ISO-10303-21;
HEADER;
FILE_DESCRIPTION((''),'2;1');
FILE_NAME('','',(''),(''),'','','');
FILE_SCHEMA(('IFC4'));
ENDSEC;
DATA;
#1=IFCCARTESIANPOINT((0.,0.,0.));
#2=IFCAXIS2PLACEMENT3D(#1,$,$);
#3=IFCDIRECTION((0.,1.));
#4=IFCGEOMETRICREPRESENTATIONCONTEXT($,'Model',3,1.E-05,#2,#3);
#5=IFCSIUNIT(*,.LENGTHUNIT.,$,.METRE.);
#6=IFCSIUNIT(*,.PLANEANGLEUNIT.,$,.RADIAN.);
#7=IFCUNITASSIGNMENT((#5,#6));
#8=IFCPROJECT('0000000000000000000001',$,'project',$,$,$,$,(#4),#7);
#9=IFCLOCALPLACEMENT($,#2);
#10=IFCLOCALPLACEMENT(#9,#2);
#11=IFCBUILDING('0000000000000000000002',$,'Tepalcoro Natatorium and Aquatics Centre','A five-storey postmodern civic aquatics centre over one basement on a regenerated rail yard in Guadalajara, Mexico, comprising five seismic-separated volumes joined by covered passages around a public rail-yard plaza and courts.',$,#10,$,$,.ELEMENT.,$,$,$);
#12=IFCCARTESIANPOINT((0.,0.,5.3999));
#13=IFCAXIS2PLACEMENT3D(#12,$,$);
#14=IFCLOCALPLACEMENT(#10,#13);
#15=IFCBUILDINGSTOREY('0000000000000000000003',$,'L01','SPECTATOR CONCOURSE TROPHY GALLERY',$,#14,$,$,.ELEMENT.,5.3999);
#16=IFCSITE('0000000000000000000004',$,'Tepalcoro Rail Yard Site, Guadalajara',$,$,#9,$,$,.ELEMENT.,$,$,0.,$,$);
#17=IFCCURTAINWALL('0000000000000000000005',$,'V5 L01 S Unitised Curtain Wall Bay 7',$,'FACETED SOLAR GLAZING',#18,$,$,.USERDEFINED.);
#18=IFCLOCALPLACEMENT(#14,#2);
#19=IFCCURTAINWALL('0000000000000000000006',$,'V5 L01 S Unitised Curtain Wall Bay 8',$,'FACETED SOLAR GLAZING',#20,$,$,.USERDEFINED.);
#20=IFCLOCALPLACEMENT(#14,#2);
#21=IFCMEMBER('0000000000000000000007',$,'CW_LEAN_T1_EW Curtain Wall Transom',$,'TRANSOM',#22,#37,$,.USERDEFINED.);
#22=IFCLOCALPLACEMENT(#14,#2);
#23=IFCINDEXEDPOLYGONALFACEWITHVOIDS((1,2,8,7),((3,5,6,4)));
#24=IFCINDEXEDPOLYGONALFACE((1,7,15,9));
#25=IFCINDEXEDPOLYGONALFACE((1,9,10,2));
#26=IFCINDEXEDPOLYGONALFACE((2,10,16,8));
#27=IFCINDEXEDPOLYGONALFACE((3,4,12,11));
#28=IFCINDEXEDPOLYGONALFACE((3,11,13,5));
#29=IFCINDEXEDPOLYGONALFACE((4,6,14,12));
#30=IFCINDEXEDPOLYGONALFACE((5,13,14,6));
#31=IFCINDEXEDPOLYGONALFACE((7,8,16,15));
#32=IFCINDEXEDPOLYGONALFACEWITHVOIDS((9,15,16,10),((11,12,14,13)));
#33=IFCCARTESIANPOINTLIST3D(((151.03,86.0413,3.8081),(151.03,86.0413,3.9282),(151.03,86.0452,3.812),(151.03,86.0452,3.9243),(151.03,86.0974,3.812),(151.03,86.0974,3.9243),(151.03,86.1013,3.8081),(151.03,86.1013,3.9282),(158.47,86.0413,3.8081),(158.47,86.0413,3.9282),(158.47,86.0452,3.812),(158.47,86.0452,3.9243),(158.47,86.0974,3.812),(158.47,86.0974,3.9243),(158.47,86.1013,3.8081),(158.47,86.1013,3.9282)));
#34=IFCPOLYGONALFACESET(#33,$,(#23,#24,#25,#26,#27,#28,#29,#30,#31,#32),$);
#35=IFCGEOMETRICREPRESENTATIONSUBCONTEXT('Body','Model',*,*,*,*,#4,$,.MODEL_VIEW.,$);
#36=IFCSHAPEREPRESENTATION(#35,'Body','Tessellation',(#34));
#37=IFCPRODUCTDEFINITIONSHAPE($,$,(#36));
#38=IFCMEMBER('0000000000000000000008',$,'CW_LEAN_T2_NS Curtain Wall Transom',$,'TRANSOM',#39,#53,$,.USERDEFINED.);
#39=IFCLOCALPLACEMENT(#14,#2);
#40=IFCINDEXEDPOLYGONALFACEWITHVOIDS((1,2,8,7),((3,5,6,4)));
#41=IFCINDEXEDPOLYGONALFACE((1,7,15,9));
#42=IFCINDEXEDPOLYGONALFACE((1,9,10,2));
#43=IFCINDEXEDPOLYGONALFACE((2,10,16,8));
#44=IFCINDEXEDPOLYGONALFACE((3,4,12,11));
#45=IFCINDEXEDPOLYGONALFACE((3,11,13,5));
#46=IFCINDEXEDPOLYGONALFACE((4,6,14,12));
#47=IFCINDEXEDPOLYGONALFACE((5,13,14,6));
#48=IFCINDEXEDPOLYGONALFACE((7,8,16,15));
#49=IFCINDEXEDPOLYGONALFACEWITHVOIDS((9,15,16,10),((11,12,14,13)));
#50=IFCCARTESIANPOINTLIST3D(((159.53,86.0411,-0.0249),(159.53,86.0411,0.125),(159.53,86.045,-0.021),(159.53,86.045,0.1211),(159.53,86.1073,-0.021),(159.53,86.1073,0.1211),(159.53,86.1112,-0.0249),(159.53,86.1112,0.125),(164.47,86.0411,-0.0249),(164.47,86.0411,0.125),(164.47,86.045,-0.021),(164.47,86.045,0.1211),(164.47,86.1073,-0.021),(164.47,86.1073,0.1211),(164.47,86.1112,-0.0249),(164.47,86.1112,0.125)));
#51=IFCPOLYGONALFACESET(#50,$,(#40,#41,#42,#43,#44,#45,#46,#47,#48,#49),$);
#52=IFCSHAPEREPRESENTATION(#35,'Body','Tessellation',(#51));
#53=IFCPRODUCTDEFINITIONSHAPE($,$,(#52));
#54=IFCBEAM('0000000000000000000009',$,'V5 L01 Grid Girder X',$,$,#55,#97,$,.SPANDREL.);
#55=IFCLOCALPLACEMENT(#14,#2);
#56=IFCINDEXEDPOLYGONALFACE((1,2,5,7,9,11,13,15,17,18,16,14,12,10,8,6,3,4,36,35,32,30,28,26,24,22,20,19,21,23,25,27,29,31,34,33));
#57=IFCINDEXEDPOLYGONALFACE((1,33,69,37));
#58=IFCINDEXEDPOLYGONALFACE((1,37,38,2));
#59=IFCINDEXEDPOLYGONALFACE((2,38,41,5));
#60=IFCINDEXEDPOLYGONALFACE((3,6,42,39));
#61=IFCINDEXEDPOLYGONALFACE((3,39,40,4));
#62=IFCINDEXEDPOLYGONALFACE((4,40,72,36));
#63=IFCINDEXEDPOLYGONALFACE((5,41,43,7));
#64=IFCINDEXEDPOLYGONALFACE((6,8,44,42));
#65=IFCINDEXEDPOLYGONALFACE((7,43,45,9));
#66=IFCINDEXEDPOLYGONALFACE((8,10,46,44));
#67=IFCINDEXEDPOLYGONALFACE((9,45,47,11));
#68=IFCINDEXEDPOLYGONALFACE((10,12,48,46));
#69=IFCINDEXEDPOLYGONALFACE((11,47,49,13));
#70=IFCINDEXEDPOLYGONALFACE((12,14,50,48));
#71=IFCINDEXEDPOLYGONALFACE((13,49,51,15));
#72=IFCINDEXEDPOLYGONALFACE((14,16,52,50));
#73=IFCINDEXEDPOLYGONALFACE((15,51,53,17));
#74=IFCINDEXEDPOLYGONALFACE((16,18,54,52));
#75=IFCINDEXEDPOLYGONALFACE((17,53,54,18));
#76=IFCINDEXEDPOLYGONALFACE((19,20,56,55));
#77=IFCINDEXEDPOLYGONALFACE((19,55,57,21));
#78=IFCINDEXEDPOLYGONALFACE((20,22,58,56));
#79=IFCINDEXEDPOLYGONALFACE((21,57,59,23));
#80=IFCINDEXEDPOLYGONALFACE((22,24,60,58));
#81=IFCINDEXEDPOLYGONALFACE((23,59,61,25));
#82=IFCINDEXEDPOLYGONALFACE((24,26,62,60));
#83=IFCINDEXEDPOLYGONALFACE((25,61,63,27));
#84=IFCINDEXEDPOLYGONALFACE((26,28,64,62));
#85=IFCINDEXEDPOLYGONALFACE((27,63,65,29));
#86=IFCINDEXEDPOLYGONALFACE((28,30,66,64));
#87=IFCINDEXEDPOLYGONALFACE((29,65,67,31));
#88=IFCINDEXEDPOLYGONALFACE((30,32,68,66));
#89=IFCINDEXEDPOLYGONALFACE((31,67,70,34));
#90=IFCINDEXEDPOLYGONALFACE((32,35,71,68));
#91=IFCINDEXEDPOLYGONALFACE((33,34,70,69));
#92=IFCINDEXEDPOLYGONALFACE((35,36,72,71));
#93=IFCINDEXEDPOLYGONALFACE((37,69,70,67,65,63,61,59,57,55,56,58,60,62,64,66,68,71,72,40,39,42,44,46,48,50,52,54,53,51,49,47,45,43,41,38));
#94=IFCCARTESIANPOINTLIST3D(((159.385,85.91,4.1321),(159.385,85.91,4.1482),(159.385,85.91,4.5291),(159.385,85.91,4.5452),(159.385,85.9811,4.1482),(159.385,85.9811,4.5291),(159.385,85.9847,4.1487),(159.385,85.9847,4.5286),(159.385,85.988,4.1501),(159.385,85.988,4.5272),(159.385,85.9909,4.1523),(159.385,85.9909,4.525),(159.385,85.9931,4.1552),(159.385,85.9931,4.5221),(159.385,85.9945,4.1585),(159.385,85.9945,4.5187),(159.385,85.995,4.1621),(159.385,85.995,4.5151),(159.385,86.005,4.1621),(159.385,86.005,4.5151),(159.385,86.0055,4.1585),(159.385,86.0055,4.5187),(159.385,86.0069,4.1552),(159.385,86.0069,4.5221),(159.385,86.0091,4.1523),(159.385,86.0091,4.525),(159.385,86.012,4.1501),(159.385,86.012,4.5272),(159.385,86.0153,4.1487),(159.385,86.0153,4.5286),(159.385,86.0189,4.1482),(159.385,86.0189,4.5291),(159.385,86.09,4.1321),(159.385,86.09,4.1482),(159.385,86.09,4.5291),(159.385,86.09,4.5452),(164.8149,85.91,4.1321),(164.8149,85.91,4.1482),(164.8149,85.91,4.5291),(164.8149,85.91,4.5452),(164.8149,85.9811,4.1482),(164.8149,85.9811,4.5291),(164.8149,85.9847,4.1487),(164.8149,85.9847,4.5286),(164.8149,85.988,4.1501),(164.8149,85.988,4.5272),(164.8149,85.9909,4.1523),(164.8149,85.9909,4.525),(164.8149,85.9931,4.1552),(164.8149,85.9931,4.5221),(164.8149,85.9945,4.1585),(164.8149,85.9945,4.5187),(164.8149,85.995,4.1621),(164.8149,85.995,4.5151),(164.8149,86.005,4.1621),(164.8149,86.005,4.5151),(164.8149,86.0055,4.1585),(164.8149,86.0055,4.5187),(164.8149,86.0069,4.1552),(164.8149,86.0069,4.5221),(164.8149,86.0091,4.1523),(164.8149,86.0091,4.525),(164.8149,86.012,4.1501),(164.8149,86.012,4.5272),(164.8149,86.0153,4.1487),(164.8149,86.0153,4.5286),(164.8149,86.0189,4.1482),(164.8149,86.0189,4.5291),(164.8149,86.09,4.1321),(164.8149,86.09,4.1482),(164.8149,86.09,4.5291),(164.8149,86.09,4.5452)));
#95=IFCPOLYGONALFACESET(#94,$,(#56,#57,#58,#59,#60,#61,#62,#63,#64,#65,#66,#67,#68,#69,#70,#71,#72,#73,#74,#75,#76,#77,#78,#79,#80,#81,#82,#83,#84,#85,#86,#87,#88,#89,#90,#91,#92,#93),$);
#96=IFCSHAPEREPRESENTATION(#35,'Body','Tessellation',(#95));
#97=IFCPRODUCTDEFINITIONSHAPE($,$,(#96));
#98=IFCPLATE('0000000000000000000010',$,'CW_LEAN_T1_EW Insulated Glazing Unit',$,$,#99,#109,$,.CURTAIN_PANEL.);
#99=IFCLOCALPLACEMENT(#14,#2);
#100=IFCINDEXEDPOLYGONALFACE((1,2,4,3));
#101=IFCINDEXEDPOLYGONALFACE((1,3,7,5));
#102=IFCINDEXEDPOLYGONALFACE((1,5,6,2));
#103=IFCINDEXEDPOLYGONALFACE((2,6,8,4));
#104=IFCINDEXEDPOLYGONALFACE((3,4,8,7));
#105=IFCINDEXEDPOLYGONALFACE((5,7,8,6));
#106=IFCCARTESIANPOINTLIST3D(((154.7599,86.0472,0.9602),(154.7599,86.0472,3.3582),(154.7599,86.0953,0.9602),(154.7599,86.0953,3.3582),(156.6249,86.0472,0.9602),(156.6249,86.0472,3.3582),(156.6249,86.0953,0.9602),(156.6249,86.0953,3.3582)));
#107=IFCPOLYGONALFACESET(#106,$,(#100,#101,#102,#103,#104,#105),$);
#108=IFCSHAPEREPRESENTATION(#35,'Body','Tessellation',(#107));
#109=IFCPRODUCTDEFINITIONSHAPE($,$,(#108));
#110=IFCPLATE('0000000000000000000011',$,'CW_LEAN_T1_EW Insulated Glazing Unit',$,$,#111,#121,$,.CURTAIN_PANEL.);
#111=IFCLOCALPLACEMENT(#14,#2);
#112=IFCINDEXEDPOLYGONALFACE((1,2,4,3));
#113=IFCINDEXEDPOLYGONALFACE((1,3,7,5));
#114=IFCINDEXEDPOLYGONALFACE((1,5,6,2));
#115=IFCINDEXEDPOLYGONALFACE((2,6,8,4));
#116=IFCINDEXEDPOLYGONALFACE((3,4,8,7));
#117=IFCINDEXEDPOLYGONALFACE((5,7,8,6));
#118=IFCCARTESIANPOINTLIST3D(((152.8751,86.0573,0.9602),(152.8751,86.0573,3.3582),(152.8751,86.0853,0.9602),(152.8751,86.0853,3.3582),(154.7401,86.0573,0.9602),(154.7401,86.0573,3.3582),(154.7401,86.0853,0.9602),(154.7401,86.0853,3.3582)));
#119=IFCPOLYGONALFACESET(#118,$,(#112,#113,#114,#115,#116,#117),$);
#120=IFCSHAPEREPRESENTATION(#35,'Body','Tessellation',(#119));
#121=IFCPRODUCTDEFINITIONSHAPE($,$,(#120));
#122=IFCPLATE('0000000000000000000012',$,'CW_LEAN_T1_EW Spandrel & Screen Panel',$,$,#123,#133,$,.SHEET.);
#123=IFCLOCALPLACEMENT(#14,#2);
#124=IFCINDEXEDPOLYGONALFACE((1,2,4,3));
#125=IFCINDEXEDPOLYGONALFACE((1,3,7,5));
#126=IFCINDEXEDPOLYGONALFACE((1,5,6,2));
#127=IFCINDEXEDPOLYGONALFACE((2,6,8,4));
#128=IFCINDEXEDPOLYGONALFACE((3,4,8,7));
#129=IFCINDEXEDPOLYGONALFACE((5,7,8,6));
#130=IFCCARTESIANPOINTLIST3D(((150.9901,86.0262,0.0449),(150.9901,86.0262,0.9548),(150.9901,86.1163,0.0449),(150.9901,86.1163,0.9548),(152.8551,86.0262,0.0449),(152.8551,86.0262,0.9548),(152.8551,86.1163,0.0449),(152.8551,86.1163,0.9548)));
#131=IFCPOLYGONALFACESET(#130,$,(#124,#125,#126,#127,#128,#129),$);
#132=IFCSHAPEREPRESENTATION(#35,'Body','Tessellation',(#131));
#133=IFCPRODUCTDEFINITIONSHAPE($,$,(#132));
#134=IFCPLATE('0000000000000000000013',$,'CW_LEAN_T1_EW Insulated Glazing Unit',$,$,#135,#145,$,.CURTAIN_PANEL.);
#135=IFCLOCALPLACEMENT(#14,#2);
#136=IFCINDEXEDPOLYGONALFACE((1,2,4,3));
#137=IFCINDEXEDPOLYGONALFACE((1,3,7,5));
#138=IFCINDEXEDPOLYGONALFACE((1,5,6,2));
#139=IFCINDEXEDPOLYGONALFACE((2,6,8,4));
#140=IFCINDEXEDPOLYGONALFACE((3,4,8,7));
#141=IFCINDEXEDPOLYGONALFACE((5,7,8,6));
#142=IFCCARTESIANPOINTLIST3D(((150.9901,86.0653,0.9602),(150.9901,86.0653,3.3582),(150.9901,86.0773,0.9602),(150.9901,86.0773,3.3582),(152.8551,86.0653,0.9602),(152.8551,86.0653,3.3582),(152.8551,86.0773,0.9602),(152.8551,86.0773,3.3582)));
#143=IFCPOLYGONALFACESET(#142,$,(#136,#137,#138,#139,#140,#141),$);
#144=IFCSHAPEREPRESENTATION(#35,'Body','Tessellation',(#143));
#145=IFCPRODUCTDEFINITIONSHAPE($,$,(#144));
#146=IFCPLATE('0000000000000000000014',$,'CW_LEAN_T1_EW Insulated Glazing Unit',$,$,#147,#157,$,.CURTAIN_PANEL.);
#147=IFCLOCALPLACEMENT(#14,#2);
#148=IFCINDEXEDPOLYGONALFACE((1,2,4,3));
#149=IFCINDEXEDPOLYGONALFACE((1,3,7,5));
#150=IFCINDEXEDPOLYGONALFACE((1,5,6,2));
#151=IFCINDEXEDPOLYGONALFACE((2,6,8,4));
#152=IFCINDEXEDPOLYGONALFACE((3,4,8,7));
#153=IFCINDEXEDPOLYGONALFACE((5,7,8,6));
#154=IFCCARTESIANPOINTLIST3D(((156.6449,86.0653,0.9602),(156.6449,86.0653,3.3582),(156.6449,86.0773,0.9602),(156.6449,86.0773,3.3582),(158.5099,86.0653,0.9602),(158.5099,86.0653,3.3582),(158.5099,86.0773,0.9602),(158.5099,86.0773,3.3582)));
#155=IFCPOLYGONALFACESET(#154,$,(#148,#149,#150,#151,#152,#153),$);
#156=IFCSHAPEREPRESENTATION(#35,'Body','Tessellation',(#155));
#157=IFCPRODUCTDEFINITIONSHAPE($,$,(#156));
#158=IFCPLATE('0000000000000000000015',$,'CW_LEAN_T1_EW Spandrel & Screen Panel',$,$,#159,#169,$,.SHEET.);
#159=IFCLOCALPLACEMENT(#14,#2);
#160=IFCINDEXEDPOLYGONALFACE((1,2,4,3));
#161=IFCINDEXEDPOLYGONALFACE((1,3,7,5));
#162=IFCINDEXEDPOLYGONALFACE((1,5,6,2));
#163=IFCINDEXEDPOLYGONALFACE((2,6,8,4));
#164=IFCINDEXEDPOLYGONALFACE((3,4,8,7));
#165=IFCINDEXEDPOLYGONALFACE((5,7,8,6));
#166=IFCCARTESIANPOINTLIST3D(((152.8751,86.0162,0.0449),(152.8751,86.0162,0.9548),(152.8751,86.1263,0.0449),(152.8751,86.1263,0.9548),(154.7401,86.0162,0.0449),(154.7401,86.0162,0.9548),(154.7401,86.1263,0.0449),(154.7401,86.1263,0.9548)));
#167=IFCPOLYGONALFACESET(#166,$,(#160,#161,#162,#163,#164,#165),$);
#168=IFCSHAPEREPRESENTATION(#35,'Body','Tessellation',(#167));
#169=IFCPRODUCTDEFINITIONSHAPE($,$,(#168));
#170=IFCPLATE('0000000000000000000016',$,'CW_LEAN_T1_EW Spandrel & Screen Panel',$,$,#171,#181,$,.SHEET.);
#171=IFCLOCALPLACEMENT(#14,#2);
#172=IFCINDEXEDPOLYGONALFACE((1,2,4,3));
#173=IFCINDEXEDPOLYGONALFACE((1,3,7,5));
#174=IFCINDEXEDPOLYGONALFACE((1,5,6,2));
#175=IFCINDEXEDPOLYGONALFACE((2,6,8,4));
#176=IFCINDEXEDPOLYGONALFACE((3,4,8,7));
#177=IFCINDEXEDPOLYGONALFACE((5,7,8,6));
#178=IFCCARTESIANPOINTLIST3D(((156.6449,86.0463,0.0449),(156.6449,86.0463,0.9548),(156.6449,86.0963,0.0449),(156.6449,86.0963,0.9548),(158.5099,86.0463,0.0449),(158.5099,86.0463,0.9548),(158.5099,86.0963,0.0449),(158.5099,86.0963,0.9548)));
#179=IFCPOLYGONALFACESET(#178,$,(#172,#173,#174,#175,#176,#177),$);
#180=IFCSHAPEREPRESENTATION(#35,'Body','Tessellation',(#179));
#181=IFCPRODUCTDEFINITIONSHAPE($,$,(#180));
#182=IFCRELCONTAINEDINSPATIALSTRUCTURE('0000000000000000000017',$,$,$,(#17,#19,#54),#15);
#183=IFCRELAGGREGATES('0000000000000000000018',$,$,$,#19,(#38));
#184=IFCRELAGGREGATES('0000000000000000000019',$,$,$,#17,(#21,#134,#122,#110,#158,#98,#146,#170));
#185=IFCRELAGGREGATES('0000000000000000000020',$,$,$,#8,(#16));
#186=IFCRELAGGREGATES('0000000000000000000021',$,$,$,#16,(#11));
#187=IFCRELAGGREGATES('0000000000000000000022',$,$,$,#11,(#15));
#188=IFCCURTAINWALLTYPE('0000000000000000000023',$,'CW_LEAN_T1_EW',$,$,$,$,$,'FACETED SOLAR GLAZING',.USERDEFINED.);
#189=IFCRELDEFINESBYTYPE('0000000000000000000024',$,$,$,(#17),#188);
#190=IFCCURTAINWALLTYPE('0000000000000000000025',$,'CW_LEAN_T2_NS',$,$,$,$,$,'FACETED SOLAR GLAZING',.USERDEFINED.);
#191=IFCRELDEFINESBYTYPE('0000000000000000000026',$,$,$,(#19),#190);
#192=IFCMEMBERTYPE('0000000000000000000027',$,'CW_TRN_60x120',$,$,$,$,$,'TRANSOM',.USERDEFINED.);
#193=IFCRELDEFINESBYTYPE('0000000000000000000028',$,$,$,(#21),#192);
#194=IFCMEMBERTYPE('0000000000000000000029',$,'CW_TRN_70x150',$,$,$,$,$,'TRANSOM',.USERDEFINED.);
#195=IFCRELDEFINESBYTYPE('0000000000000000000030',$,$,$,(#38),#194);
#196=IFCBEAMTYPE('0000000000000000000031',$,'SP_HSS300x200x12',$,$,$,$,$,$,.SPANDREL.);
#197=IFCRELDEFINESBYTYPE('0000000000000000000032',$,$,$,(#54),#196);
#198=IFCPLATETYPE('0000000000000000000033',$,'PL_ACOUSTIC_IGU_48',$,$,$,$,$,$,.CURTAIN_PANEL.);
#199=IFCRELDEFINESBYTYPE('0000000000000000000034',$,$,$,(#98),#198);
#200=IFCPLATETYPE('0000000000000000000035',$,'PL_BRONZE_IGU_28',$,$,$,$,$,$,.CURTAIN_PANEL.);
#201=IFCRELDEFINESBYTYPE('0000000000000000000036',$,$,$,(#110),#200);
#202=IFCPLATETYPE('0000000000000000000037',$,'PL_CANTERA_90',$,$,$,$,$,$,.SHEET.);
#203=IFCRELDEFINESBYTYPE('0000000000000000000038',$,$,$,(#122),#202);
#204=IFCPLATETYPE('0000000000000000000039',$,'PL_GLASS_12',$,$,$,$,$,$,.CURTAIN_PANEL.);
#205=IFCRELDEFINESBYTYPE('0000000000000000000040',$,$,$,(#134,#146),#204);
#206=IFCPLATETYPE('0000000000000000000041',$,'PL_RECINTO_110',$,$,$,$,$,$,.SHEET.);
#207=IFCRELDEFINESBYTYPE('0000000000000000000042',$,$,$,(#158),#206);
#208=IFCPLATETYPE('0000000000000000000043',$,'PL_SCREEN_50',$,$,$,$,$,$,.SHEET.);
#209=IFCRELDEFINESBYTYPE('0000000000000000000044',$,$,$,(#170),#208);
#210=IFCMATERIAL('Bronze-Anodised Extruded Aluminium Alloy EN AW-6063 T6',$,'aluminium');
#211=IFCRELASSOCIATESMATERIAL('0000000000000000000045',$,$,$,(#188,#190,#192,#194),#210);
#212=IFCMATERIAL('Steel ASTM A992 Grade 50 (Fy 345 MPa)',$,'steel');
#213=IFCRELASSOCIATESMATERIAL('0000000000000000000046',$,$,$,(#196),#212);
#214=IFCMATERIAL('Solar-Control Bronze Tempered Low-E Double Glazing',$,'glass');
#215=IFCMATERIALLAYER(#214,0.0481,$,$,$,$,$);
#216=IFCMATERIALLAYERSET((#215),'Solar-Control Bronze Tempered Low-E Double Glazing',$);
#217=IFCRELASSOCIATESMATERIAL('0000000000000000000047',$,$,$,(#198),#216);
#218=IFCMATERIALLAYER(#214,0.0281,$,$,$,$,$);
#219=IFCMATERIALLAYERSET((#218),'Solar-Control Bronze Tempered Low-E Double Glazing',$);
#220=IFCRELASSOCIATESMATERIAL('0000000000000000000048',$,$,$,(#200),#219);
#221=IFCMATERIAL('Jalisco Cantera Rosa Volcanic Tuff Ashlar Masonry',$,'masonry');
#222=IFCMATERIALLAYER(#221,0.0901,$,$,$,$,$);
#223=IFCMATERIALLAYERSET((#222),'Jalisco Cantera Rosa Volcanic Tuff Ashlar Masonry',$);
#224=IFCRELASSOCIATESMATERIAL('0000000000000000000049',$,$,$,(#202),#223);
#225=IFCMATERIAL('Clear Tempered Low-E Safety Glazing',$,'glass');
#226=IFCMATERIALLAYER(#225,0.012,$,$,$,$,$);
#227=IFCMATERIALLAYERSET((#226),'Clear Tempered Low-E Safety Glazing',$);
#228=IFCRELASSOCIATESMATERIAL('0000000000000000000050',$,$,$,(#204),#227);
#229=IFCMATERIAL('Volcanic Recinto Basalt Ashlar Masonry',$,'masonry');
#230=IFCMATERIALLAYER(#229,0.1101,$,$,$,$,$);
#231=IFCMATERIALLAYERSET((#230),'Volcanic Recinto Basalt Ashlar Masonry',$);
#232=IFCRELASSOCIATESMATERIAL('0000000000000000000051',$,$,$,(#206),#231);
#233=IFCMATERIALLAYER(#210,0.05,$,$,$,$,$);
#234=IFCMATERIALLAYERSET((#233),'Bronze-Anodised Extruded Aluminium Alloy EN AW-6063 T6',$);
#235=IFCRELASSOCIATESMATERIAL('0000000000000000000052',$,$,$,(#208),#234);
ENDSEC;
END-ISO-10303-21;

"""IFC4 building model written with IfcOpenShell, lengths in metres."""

from ifc_helpers import new_model, si_unit, direction, frame, origin, origin_2d, place, context, subcontext, project, spatial, rectangle, hollow_rectangle, i_section, extrude, material, layer, layer_set, material_profile, profile_set, type_object, element, aggregate, save


model = new_model("IFC4")

# Units and contexts
model_context = context("Model", 3, precision=1e-05, world=origin(), true_north=direction((0.0, 1.0)))
body_context = subcontext(model_context, "Body", "Model", "MODEL_VIEW")
ifc_project = project(units=[si_unit("LENGTHUNIT", "METRE"), si_unit("PLANEANGLEUNIT", "RADIAN")], contexts=[model_context])

# Site, building, storey
site_placement = place(None, origin())
site = spatial("IfcSite", under=ifc_project, at=site_placement, Name="Tepalcoro Rail Yard Site, Guadalajara", CompositionType="ELEMENT", RefElevation=0.0)
building_placement = place(site_placement, origin())
building = spatial("IfcBuilding", under=site, at=building_placement, Name="Tepalcoro Natatorium and Aquatics Centre", Description="A five-storey postmodern civic aquatics centre over one basement on a regenerated rail yard in Guadalajara, Mexico, comprising five seismic-separated volumes joined by covered passages around a public rail-yard plaza and courts.", CompositionType="ELEMENT")
storey_placement = place(building_placement, frame((0.0, 0.0, 5.3999)))
storey = spatial("IfcBuildingStorey", under=building, at=storey_placement, Name="L01", Description="SPECTATOR CONCOURSE TROPHY GALLERY", CompositionType="ELEMENT", Elevation=5.3999)

# Curtain wall
ifc_material_1 = material(Name="Bronze-Anodised Extruded Aluminium Alloy EN AW-6063 T6", Category="aluminium")
curtain_wall_type_1 = type_object("IfcCurtainWallType", Name="CW_LEAN_T1_EW", ElementType="FACETED SOLAR GLAZING", PredefinedType="USERDEFINED", material=ifc_material_1)
curtain_wall_1_placement = place(storey_placement, origin())
curtain_wall_1 = element("IfcCurtainWall", 1, at=curtain_wall_1_placement, inside=storey, type_object=curtain_wall_type_1, Name="V5 L01 S Unitised Curtain Wall Bay 7", ObjectType="FACETED SOLAR GLAZING", PredefinedType="USERDEFINED")

# Curtain wall
curtain_wall_type_2 = type_object("IfcCurtainWallType", Name="CW_LEAN_T2_NS", ElementType="FACETED SOLAR GLAZING", PredefinedType="USERDEFINED", material=ifc_material_1)
curtain_wall_2_placement = place(storey_placement, origin())
curtain_wall_2 = element("IfcCurtainWall", 2, at=curtain_wall_2_placement, inside=storey, type_object=curtain_wall_type_2, Name="V5 L01 S Unitised Curtain Wall Bay 8", ObjectType="FACETED SOLAR GLAZING", PredefinedType="USERDEFINED")

# Members
ifc_material_profile_1 = material_profile(ifc_material_1, hollow_rectangle(XDim=0.0601, YDim=0.1201, WallThickness=0.0039, at=origin_2d()), Name="AL60X120X4")
ifc_profile_set_1 = profile_set([ifc_material_profile_1], Name="Bronze-Anodised Extruded Aluminium Alloy EN AW-6063 T6")
member_type_1 = type_object("IfcMemberType", Name="CW_TRN_60x120", ElementType="TRANSOM", PredefinedType="USERDEFINED", material=ifc_profile_set_1)
member_1_placement = place(storey_placement, frame((151.03, 86.0713, 3.8682), z_axis=(1.0, 0.0, 0.0), x_axis=(0.0, 1.0, 0.0)))
member_1 = element("IfcMember", 3, at=member_1_placement, type_object=member_type_1, Name="CW_LEAN_T1_EW Curtain Wall Transom", ObjectType="TRANSOM", PredefinedType="USERDEFINED", context=body_context, shape_type="SweptSolid", body=[
    extrude(hollow_rectangle(XDim=0.0601, YDim=0.1201, WallThickness=0.0039, at=origin_2d()), origin(), (0.0, 0.0, 1.0), 7.4399),
])
ifc_material_profile_2 = material_profile(ifc_material_1, hollow_rectangle(XDim=0.0701, YDim=0.1499, WallThickness=0.0039, at=origin_2d()), Name="AL70X150X4")
ifc_profile_set_2 = profile_set([ifc_material_profile_2], Name="Bronze-Anodised Extruded Aluminium Alloy EN AW-6063 T6")
member_type_2 = type_object("IfcMemberType", Name="CW_TRN_70x150", ElementType="TRANSOM", PredefinedType="USERDEFINED", material=ifc_profile_set_2)
member_2_placement = place(storey_placement, frame((159.53, 86.0762, 0.05), z_axis=(1.0, 0.0, 0.0), x_axis=(0.0, 1.0, 0.0)))
member_2 = element("IfcMember", 4, at=member_2_placement, type_object=member_type_2, Name="CW_LEAN_T2_NS Curtain Wall Transom", ObjectType="TRANSOM", PredefinedType="USERDEFINED", context=body_context, shape_type="SweptSolid", body=[
    extrude(hollow_rectangle(XDim=0.0701, YDim=0.1499, WallThickness=0.0039, at=origin_2d()), origin(), (0.0, 0.0, 1.0), 4.9399),
])
aggregate(curtain_wall_2, [member_2])

# Beam
ifc_material_2 = material(Name="Steel ASTM A992 Grade 50 (Fy 345 MPa)", Category="steel")
ifc_material_profile_3 = material_profile(ifc_material_2, i_section(OverallWidth=0.1799, OverallDepth=0.4131, WebThickness=0.01, FlangeThickness=0.0161, FilletRadius=0.0139, at=origin_2d()), Name="W16X50")
ifc_profile_set_3 = profile_set([ifc_material_profile_3], Name="Steel ASTM A992 Grade 50 (Fy 345 MPa)")
beam_type = type_object("IfcBeamType", Name="SP_HSS300x200x12", PredefinedType="SPANDREL", material=ifc_profile_set_3)
beam_placement = place(storey_placement, frame((159.385, 86.0, 4.3386), z_axis=(1.0, 0.0, 0.0), x_axis=(0.0, 1.0, 0.0)))
element("IfcBeam", 5, at=beam_placement, inside=storey, type_object=beam_type, Name="V5 L01 Grid Girder X", PredefinedType="SPANDREL", context=body_context, shape_type="SweptSolid", body=[
    extrude(i_section(OverallWidth=0.1799, OverallDepth=0.4131, WebThickness=0.01, FlangeThickness=0.0161, FilletRadius=0.0139, at=origin_2d()), origin(), (0.0, 0.0, 1.0), 5.4299),
])

# Plates
ifc_material_3 = material(Name="Solar-Control Bronze Tempered Low-E Double Glazing", Category="glass")
ifc_layer_1 = layer(ifc_material_3, 0.0481)
ifc_layer_set_1 = layer_set([ifc_layer_1], Name="Solar-Control Bronze Tempered Low-E Double Glazing")
plate_type_1 = type_object("IfcPlateType", Name="PL_ACOUSTIC_IGU_48", PredefinedType="CURTAIN_PANEL", material=ifc_layer_set_1)
plate_1_placement = place(storey_placement, frame((155.6924, 86.0713, 0.9602), z_axis=(0.0, 0.0, 1.0), x_axis=(1.0, 0.0, 0.0)))
plate_1 = element("IfcPlate", 6, at=plate_1_placement, type_object=plate_type_1, Name="CW_LEAN_T1_EW Insulated Glazing Unit", PredefinedType="CURTAIN_PANEL", context=body_context, shape_type="SweptSolid", body=[
    extrude(rectangle(XDim=1.865, YDim=0.0481, at=origin_2d()), origin(), (0.0, 0.0, 1.0), 2.3979),
])
ifc_layer_2 = layer(ifc_material_3, 0.0281)
ifc_layer_set_2 = layer_set([ifc_layer_2], Name="Solar-Control Bronze Tempered Low-E Double Glazing")
plate_type_2 = type_object("IfcPlateType", Name="PL_BRONZE_IGU_28", PredefinedType="CURTAIN_PANEL", material=ifc_layer_set_2)
plate_2_placement = place(storey_placement, frame((153.8076, 86.0713, 0.9602), z_axis=(0.0, 0.0, 1.0), x_axis=(1.0, 0.0, 0.0)))
plate_2 = element("IfcPlate", 7, at=plate_2_placement, type_object=plate_type_2, Name="CW_LEAN_T1_EW Insulated Glazing Unit", PredefinedType="CURTAIN_PANEL", context=body_context, shape_type="SweptSolid", body=[
    extrude(rectangle(XDim=1.865, YDim=0.0281, at=origin_2d()), origin(), (0.0, 0.0, 1.0), 2.3979),
])
ifc_material_4 = material(Name="Jalisco Cantera Rosa Volcanic Tuff Ashlar Masonry", Category="masonry")
ifc_layer_3 = layer(ifc_material_4, 0.0901)
ifc_layer_set_3 = layer_set([ifc_layer_3], Name="Jalisco Cantera Rosa Volcanic Tuff Ashlar Masonry")
plate_type_3 = type_object("IfcPlateType", Name="PL_CANTERA_90", PredefinedType="SHEET", material=ifc_layer_set_3)
plate_3_placement = place(storey_placement, frame((151.9226, 86.0713, 0.0449), z_axis=(0.0, 0.0, 1.0), x_axis=(1.0, 0.0, 0.0)))
plate_3 = element("IfcPlate", 8, at=plate_3_placement, type_object=plate_type_3, Name="CW_LEAN_T1_EW Spandrel & Screen Panel", PredefinedType="SHEET", context=body_context, shape_type="SweptSolid", body=[
    extrude(rectangle(XDim=1.865, YDim=0.0901, at=origin_2d()), origin(), (0.0, 0.0, 1.0), 0.9099),
])
ifc_material_5 = material(Name="Clear Tempered Low-E Safety Glazing", Category="glass")
ifc_layer_4 = layer(ifc_material_5, 0.012)
ifc_layer_set_4 = layer_set([ifc_layer_4], Name="Clear Tempered Low-E Safety Glazing")
plate_type_4 = type_object("IfcPlateType", Name="PL_GLASS_12", PredefinedType="CURTAIN_PANEL", material=ifc_layer_set_4)
plate_4_placement = place(storey_placement, frame((151.9226, 86.0713, 0.9602), z_axis=(0.0, 0.0, 1.0), x_axis=(1.0, 0.0, 0.0)))
plate_4 = element("IfcPlate", 9, at=plate_4_placement, type_object=plate_type_4, Name="CW_LEAN_T1_EW Insulated Glazing Unit", PredefinedType="CURTAIN_PANEL", context=body_context, shape_type="SweptSolid", body=[
    extrude(rectangle(XDim=1.865, YDim=0.012, at=origin_2d()), origin(), (0.0, 0.0, 1.0), 2.3979),
])
plate_5_placement = place(storey_placement, frame((157.5774, 86.0713, 0.9602), z_axis=(0.0, 0.0, 1.0), x_axis=(1.0, 0.0, 0.0)))
plate_5 = element("IfcPlate", 10, at=plate_5_placement, type_object=plate_type_4, Name="CW_LEAN_T1_EW Insulated Glazing Unit", PredefinedType="CURTAIN_PANEL", context=body_context, shape_type="SweptSolid", body=[
    extrude(rectangle(XDim=1.865, YDim=0.012, at=origin_2d()), origin(), (0.0, 0.0, 1.0), 2.3979),
])
ifc_material_6 = material(Name="Volcanic Recinto Basalt Ashlar Masonry", Category="masonry")
ifc_layer_5 = layer(ifc_material_6, 0.1101)
ifc_layer_set_5 = layer_set([ifc_layer_5], Name="Volcanic Recinto Basalt Ashlar Masonry")
plate_type_5 = type_object("IfcPlateType", Name="PL_RECINTO_110", PredefinedType="SHEET", material=ifc_layer_set_5)
plate_6_placement = place(storey_placement, frame((153.8076, 86.0713, 0.0449), z_axis=(0.0, 0.0, 1.0), x_axis=(1.0, 0.0, 0.0)))
plate_6 = element("IfcPlate", 11, at=plate_6_placement, type_object=plate_type_5, Name="CW_LEAN_T1_EW Spandrel & Screen Panel", PredefinedType="SHEET", context=body_context, shape_type="SweptSolid", body=[
    extrude(rectangle(XDim=1.865, YDim=0.1101, at=origin_2d()), origin(), (0.0, 0.0, 1.0), 0.9099),
])
ifc_layer_6 = layer(ifc_material_1, 0.05)
ifc_layer_set_6 = layer_set([ifc_layer_6], Name="Bronze-Anodised Extruded Aluminium Alloy EN AW-6063 T6")
plate_type_6 = type_object("IfcPlateType", Name="PL_SCREEN_50", PredefinedType="SHEET", material=ifc_layer_set_6)
plate_7_placement = place(storey_placement, frame((157.5774, 86.0713, 0.0449), z_axis=(0.0, 0.0, 1.0), x_axis=(1.0, 0.0, 0.0)))
plate_7 = element("IfcPlate", 12, at=plate_7_placement, type_object=plate_type_6, Name="CW_LEAN_T1_EW Spandrel & Screen Panel", PredefinedType="SHEET", context=body_context, shape_type="SweptSolid", body=[
    extrude(rectangle(XDim=1.865, YDim=0.05, at=origin_2d()), origin(), (0.0, 0.0, 1.0), 0.9099),
])
aggregate(curtain_wall_1, [member_1, plate_4, plate_3, plate_2, plate_6, plate_1, plate_5, plate_7])

save(model, "model.ifc")
